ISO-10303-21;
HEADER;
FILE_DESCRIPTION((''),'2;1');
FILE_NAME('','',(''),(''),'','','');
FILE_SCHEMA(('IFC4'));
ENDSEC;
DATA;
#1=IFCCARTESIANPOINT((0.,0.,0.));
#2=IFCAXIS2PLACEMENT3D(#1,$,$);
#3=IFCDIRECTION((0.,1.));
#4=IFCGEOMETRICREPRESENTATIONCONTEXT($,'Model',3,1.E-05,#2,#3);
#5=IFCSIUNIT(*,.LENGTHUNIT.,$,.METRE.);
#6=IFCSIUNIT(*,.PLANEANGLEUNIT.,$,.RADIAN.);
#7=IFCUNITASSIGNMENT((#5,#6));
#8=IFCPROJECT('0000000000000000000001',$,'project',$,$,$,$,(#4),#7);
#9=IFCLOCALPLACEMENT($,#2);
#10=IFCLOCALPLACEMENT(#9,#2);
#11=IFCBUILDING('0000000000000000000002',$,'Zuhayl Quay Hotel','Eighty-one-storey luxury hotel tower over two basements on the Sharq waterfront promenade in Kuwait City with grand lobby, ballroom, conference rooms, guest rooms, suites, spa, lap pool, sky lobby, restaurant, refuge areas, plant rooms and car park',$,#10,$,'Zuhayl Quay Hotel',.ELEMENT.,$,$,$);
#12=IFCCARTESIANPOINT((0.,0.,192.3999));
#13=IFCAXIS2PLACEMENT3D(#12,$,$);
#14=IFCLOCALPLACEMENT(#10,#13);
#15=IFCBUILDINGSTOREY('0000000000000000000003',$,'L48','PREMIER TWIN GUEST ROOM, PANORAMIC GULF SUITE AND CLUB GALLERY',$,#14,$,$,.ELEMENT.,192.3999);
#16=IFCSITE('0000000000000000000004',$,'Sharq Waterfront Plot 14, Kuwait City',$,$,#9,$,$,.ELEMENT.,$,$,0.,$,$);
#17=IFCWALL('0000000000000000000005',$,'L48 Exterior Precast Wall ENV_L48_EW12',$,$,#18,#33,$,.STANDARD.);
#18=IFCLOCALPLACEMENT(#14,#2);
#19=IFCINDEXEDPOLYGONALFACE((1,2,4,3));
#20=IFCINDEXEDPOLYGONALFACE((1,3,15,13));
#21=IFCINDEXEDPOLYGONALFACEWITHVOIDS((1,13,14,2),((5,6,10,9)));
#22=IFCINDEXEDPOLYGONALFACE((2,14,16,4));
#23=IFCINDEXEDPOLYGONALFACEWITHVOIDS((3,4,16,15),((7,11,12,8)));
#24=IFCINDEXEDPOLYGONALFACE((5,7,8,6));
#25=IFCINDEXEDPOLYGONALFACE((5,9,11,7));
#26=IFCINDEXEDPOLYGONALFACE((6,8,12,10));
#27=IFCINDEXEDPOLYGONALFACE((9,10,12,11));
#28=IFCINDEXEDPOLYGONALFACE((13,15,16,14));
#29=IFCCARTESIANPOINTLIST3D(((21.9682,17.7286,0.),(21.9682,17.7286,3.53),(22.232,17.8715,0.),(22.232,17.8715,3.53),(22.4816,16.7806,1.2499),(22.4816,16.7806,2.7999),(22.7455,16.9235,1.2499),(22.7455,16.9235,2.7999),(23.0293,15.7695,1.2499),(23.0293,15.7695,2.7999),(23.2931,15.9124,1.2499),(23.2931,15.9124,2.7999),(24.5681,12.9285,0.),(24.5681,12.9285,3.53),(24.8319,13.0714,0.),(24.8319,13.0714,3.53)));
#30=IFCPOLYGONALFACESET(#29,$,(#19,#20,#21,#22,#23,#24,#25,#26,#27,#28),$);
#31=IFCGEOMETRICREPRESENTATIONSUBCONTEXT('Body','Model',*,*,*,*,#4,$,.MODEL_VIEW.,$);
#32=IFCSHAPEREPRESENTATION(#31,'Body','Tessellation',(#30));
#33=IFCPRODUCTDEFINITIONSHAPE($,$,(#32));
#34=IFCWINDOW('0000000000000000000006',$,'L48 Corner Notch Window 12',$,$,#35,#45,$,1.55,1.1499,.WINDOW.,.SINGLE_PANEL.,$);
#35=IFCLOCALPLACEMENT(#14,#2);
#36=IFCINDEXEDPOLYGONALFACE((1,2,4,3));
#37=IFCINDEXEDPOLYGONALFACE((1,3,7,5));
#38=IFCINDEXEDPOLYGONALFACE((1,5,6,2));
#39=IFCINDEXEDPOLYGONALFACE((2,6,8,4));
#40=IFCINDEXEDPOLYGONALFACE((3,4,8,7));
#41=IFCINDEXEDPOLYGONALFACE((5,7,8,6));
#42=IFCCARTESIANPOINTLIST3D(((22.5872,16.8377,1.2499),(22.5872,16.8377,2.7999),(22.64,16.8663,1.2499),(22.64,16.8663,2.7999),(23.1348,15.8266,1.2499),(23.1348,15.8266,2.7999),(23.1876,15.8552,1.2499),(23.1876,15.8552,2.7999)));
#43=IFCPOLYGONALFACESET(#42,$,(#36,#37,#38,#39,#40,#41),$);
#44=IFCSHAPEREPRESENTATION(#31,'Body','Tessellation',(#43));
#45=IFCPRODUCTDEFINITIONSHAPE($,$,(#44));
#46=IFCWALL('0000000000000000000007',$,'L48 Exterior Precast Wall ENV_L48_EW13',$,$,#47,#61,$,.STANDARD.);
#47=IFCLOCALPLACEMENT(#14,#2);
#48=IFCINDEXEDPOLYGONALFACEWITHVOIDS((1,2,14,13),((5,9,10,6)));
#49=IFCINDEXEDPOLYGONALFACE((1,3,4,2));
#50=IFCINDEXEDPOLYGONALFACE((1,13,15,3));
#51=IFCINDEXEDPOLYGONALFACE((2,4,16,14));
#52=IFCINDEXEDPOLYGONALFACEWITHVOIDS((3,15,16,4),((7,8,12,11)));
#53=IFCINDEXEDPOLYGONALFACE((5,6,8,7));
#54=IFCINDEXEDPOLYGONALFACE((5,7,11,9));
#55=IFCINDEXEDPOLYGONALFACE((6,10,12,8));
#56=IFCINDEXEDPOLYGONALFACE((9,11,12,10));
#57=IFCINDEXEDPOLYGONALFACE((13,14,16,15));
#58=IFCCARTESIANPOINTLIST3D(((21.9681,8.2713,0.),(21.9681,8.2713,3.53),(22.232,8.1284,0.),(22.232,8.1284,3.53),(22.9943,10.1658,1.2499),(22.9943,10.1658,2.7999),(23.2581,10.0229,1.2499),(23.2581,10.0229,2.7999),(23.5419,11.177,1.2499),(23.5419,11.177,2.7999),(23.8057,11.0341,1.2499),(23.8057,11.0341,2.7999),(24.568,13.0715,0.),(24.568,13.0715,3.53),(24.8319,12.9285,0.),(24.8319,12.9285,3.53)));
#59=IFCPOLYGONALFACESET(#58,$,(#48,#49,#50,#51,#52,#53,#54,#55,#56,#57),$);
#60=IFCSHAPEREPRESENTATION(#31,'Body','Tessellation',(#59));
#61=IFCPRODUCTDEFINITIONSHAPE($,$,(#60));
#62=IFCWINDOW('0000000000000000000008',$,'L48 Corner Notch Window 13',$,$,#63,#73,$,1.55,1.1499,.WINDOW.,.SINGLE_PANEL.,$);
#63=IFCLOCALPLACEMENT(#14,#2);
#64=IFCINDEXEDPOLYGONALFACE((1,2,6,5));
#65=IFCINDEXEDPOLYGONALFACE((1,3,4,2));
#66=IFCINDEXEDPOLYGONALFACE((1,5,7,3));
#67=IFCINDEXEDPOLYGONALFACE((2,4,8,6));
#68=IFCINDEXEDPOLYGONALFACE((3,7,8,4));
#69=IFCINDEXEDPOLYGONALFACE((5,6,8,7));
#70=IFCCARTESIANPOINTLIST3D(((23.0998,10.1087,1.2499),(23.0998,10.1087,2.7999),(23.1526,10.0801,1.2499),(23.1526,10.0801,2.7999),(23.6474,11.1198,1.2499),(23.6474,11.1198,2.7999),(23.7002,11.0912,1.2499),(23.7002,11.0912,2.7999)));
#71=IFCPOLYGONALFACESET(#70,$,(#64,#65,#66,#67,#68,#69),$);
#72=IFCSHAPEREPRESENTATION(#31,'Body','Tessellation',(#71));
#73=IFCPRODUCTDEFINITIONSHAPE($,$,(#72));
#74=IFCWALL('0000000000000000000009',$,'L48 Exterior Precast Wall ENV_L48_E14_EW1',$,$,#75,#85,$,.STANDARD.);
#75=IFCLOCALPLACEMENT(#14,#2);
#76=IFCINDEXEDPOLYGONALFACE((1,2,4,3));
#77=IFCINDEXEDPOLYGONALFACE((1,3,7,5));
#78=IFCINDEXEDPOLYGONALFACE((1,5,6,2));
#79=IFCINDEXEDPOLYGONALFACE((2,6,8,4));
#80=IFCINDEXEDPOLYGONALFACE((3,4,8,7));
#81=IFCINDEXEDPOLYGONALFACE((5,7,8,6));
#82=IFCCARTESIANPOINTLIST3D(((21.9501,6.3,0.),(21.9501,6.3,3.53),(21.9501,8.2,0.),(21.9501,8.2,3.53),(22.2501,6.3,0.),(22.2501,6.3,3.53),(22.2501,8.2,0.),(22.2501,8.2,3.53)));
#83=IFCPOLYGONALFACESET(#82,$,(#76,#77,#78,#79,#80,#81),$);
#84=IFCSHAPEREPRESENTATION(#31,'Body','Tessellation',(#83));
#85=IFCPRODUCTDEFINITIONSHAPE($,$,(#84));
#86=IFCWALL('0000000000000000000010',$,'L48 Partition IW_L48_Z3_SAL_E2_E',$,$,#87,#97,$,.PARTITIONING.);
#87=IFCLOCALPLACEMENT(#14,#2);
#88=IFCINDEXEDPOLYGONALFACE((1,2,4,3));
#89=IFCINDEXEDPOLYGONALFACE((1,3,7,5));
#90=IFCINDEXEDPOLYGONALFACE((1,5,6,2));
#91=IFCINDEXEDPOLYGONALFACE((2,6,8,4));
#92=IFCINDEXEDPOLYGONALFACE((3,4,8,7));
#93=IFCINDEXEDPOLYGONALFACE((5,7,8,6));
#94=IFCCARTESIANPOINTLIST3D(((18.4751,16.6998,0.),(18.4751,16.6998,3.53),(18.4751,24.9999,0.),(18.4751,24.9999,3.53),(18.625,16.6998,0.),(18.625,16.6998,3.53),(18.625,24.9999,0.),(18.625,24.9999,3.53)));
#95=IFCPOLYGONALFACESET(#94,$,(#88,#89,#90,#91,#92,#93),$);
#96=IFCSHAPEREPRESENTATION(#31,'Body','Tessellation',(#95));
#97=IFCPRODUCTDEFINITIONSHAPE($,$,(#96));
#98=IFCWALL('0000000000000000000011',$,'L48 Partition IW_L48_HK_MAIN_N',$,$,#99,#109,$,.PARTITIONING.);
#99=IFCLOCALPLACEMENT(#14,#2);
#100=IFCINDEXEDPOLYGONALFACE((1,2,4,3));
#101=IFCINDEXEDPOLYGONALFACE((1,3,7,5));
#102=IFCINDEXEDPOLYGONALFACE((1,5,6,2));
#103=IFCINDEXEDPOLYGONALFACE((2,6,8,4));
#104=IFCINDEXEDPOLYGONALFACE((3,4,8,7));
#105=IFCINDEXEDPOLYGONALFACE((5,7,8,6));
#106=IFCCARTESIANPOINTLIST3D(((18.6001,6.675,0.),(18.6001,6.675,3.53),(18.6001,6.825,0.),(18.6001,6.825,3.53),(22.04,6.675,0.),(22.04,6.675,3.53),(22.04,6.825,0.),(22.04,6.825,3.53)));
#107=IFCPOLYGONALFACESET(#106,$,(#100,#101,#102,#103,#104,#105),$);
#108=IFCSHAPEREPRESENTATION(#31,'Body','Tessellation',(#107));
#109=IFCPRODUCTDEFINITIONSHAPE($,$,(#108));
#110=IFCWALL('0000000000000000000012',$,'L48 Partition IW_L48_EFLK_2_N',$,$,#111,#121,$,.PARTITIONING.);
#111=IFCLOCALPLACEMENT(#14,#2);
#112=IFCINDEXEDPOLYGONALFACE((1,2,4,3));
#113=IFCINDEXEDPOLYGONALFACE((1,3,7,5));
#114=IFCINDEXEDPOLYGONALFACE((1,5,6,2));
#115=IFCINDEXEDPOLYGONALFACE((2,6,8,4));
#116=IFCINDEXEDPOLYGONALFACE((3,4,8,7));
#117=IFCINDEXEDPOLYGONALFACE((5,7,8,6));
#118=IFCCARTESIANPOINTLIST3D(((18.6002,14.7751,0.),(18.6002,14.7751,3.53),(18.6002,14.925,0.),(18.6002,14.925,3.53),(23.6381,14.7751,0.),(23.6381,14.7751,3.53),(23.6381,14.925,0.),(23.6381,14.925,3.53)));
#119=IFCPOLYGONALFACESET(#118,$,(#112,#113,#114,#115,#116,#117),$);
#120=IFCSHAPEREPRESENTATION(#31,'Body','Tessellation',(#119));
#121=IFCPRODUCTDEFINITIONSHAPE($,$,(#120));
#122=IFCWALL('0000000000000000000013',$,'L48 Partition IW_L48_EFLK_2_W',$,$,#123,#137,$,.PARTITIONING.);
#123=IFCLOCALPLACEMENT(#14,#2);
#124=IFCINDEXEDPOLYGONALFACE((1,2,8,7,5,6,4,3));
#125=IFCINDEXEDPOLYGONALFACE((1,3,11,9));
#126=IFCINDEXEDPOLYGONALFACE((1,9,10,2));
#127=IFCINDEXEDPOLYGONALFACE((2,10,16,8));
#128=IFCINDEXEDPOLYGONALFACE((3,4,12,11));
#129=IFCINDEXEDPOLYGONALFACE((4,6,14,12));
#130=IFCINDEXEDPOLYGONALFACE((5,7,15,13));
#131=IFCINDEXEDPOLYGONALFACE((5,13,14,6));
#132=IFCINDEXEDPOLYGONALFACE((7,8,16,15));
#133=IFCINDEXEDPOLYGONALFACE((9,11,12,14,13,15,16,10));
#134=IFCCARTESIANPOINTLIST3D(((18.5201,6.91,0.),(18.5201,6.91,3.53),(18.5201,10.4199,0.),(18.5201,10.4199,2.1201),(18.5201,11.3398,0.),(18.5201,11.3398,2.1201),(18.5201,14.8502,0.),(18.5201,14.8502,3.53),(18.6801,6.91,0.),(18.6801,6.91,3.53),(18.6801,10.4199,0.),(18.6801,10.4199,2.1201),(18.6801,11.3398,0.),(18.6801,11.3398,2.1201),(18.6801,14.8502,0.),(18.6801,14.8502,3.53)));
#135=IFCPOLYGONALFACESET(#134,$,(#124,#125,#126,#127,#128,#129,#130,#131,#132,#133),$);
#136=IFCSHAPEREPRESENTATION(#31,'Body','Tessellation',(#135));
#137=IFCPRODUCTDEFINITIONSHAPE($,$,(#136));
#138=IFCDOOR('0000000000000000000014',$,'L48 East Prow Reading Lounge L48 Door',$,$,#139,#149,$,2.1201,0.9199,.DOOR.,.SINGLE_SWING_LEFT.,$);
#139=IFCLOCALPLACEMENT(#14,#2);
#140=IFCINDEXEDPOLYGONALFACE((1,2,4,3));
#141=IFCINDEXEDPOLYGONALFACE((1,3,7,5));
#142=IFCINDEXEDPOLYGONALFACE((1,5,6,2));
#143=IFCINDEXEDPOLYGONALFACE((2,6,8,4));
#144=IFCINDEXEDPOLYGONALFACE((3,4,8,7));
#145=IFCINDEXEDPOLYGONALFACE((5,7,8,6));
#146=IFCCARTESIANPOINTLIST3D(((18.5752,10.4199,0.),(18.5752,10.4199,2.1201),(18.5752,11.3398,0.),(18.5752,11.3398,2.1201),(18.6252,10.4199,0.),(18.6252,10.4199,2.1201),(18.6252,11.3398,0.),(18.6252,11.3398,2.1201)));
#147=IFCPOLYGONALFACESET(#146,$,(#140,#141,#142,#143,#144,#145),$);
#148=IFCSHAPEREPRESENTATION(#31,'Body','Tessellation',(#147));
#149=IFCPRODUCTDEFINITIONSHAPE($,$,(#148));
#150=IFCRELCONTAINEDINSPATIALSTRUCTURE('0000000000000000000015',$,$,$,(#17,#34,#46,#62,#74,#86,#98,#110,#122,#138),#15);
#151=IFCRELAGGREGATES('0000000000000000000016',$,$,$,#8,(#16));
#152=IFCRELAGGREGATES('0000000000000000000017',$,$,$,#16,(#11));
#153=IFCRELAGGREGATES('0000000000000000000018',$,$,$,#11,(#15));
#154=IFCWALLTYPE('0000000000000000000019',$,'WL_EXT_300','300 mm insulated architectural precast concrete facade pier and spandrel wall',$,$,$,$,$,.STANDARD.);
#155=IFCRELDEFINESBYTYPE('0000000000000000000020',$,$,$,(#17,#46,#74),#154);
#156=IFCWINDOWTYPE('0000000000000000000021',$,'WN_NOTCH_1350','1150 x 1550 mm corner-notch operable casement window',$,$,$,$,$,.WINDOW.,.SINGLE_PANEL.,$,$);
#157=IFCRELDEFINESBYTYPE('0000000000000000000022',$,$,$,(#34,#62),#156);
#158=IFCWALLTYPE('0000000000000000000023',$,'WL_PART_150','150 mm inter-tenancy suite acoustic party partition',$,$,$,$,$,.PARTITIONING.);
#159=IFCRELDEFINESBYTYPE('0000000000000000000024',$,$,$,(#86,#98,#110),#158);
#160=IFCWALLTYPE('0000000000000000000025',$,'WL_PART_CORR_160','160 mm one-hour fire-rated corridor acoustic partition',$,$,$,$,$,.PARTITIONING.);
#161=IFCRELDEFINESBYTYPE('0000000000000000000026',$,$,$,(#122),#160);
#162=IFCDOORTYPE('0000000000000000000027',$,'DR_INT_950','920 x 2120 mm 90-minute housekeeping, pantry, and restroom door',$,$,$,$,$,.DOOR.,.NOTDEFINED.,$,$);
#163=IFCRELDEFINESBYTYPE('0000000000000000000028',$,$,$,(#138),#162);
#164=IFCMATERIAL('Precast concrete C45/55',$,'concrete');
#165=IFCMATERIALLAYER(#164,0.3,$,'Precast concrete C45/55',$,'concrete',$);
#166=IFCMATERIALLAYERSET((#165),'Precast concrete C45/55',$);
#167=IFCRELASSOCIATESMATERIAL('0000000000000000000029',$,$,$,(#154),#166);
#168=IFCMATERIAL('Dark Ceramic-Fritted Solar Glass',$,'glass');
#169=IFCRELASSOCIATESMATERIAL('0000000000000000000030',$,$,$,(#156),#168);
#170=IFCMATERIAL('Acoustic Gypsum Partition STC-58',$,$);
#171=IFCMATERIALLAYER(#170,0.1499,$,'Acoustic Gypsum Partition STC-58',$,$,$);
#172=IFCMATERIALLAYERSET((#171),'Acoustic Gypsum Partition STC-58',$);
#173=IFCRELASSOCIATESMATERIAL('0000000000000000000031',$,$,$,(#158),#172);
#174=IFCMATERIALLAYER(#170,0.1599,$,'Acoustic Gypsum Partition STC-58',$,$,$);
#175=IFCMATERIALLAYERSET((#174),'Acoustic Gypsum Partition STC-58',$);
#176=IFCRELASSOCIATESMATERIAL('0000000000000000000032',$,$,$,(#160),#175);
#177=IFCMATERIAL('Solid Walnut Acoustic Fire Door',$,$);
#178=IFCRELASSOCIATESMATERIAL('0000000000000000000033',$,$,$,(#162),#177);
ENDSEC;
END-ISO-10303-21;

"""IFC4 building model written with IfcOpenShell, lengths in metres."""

from ifc_helpers import new_model, si_unit, direction, frame, frame_2d, origin, place, context, subcontext, project, spatial, rectangle, extrude, material, layer, layer_set, type_object, element, fill, save


model = new_model("IFC4")

# Units and contexts
model_context = context("Model", 3, precision=1e-05, world=origin(), true_north=direction((0.0, 1.0)))
body_context = subcontext(model_context, "Body", "Model", "MODEL_VIEW")
ifc_project = project(units=[si_unit("LENGTHUNIT", "METRE"), si_unit("PLANEANGLEUNIT", "RADIAN")], contexts=[model_context])

# Site, building, storey
site_placement = place(None, origin())
site = spatial("IfcSite", under=ifc_project, at=site_placement, Name="Sharq Waterfront Plot 14, Kuwait City", CompositionType="ELEMENT", RefElevation=0.0)
building_placement = place(site_placement, origin())
building = spatial("IfcBuilding", under=site, at=building_placement, Name="Zuhayl Quay Hotel", Description="Eighty-one-storey luxury hotel tower over two basements on the Sharq waterfront promenade in Kuwait City with grand lobby, ballroom, conference rooms, guest rooms, suites, spa, lap pool, sky lobby, restaurant, refuge areas, plant rooms and car park", LongName="Zuhayl Quay Hotel", CompositionType="ELEMENT")
storey_placement = place(building_placement, frame((0.0, 0.0, 192.3999)))
storey = spatial("IfcBuildingStorey", under=building, at=storey_placement, Name="L48", Description="PREMIER TWIN GUEST ROOM, PANORAMIC GULF SUITE AND CLUB GALLERY", CompositionType="ELEMENT", Elevation=192.3999)

# Shared definitions
ifc_material_1 = material(Name="Precast concrete C45/55", Category="concrete")
ifc_layer_1 = layer(ifc_material_1, 0.3, Name="Precast concrete C45/55", Category="concrete")
ifc_layer_set_1 = layer_set([ifc_layer_1], Name="Precast concrete C45/55")
wall_type_1 = type_object("IfcWallType", Name="WL_EXT_300", Description="300 mm insulated architectural precast concrete facade pier and spandrel wall", PredefinedType="STANDARD", material=ifc_layer_set_1)

# Walls, openings, windows
wall_1_placement = place(storey_placement, frame((22.1001, 17.8, 0.0), z_axis=(0.0, 0.0, 1.0), x_axis=(0.476259, -0.879305, 0.0)))
wall_1 = element("IfcWall", 1, at=wall_1_placement, inside=storey, type_object=wall_type_1, Name="L48 Exterior Precast Wall ENV_L48_EW12", PredefinedType="STANDARD", context=body_context, shape_type="SweptSolid", body=[
    extrude(rectangle(XDim=5.459, YDim=0.3, at=frame_2d((2.7295, 0.0))), origin(), (0.0, 0.0, 1.0), 3.53),
])
opening_1_placement = place(wall_1_placement, frame((1.0781, 0.0, 1.25)))
opening_1 = element("IfcOpeningElement", 2, at=opening_1_placement, cuts=wall_1, PredefinedType="OPENING", context=body_context, shape_type="SweptSolid", body=[
    extrude(rectangle(XDim=1.1499, YDim=1.55, at=frame_2d((0.575, 0.7749))), frame((0.0, 0.1599, 0.0), z_axis=(0.0, -1.0, 0.0), x_axis=(1.0, 0.0, 0.0)), (0.0, 0.0, 1.0), 0.3201),
])
ifc_material_2 = material(Name="Dark Ceramic-Fritted Solar Glass", Category="glass")
window_type = type_object("IfcWindowType", Name="WN_NOTCH_1350", Description="1150 x 1550 mm corner-notch operable casement window", PartitioningType="SINGLE_PANEL", PredefinedType="WINDOW", material=ifc_material_2)
window_1_placement = place(opening_1_placement, origin())
window_1 = element("IfcWindow", 3, at=window_1_placement, inside=storey, type_object=window_type, Name="L48 Corner Notch Window 12", OverallHeight=1.55, OverallWidth=1.1499, PartitioningType="SINGLE_PANEL", PredefinedType="WINDOW", context=body_context, shape_type="SweptSolid", body=[
    extrude(rectangle(XDim=1.1499, YDim=1.55, at=frame_2d((0.575, 0.7749))), frame((0.0, 0.03, 0.0), z_axis=(0.0, -1.0, 0.0), x_axis=(1.0, 0.0, 0.0)), (0.0, 0.0, 1.0), 0.0601),
])
fill(opening_1, window_1)
wall_2_placement = place(storey_placement, frame((24.7, 13.0, 0.0), z_axis=(0.0, 0.0, 1.0), x_axis=(-0.476259, -0.879305, 0.0)))
wall_2 = element("IfcWall", 4, at=wall_2_placement, inside=storey, type_object=wall_type_1, Name="L48 Exterior Precast Wall ENV_L48_EW13", PredefinedType="STANDARD", context=body_context, shape_type="SweptSolid", body=[
    extrude(rectangle(XDim=5.459, YDim=0.3, at=frame_2d((2.7295, 0.0))), origin(), (0.0, 0.0, 1.0), 3.53),
])
opening_2_placement = place(wall_2_placement, frame((2.1545, 0.0, 1.25)))
opening_2 = element("IfcOpeningElement", 5, at=opening_2_placement, cuts=wall_2, PredefinedType="OPENING", context=body_context, shape_type="SweptSolid", body=[
    extrude(rectangle(XDim=1.1499, YDim=1.55, at=frame_2d((0.575, 0.7749))), frame((0.0, 0.1599, 0.0), z_axis=(0.0, -1.0, 0.0), x_axis=(1.0, 0.0, 0.0)), (0.0, 0.0, 1.0), 0.3201),
])
window_2_placement = place(opening_2_placement, origin())
window_2 = element("IfcWindow", 6, at=window_2_placement, inside=storey, type_object=window_type, Name="L48 Corner Notch Window 13", OverallHeight=1.55, OverallWidth=1.1499, PartitioningType="SINGLE_PANEL", PredefinedType="WINDOW", context=body_context, shape_type="SweptSolid", body=[
    extrude(rectangle(XDim=1.1499, YDim=1.55, at=frame_2d((0.575, 0.7749))), frame((0.0, 0.03, 0.0), z_axis=(0.0, -1.0, 0.0), x_axis=(1.0, 0.0, 0.0)), (0.0, 0.0, 1.0), 0.0601),
])
fill(opening_2, window_2)

# Walls
wall_3_placement = place(storey_placement, frame((22.1001, 8.2, 0.0), z_axis=(0.0, 0.0, 1.0), x_axis=(0.0, -1.0, 0.0)))
element("IfcWall", 7, at=wall_3_placement, inside=storey, type_object=wall_type_1, Name="L48 Exterior Precast Wall ENV_L48_E14_EW1", PredefinedType="STANDARD", context=body_context, shape_type="SweptSolid", body=[
    extrude(rectangle(XDim=1.8999, YDim=0.3, at=frame_2d((0.95, 0.0))), origin(), (0.0, 0.0, 1.0), 3.53),
])
ifc_material_3 = material(Name="Acoustic Gypsum Partition STC-58")
ifc_layer_2 = layer(ifc_material_3, 0.1499, Name="Acoustic Gypsum Partition STC-58")
ifc_layer_set_2 = layer_set([ifc_layer_2], Name="Acoustic Gypsum Partition STC-58")
wall_type_2 = type_object("IfcWallType", Name="WL_PART_150", Description="150 mm inter-tenancy suite acoustic party partition", PredefinedType="PARTITIONING", material=ifc_layer_set_2)
wall_4_placement = place(storey_placement, frame((18.55, 16.7, 0.0), z_axis=(0.0, 0.0, 1.0), x_axis=(0.0, 1.0, 0.0)))
element("IfcWall", 8, at=wall_4_placement, inside=storey, type_object=wall_type_2, Name="L48 Partition IW_L48_Z3_SAL_E2_E", PredefinedType="PARTITIONING", context=body_context, shape_type="SweptSolid", body=[
    extrude(rectangle(XDim=8.3, YDim=0.1499, at=frame_2d((4.1499, 0.0))), origin(), (0.0, 0.0, 1.0), 3.53),
])
wall_5_placement = place(storey_placement, frame((18.6001, 6.75, 0.0), z_axis=(0.0, 0.0, 1.0), x_axis=(1.0, 0.0, 0.0)))
element("IfcWall", 9, at=wall_5_placement, inside=storey, type_object=wall_type_2, Name="L48 Partition IW_L48_HK_MAIN_N", PredefinedType="PARTITIONING", context=body_context, shape_type="SweptSolid", body=[
    extrude(rectangle(XDim=3.4399, YDim=0.1499, at=frame_2d((1.72, 0.0))), origin(), (0.0, 0.0, 1.0), 3.53),
])
wall_6_placement = place(storey_placement, frame((18.6001, 14.8501, 0.0), z_axis=(0.0, 0.0, 1.0), x_axis=(1.0, 0.0, 0.0)))
element("IfcWall", 10, at=wall_6_placement, inside=storey, type_object=wall_type_2, Name="L48 Partition IW_L48_EFLK_2_N", PredefinedType="PARTITIONING", context=body_context, shape_type="SweptSolid", body=[
    extrude(rectangle(XDim=5.0378, YDim=0.1499, at=frame_2d((2.519, 0.0))), origin(), (0.0, 0.0, 1.0), 3.53),
])

# Wall, opening, door
ifc_layer_3 = layer(ifc_material_3, 0.1599, Name="Acoustic Gypsum Partition STC-58")
ifc_layer_set_3 = layer_set([ifc_layer_3], Name="Acoustic Gypsum Partition STC-58")
wall_type_3 = type_object("IfcWallType", Name="WL_PART_CORR_160", Description="160 mm one-hour fire-rated corridor acoustic partition", PredefinedType="PARTITIONING", material=ifc_layer_set_3)
wall_7_placement = place(storey_placement, frame((18.6001, 6.9099, 0.0), z_axis=(0.0, 0.0, 1.0), x_axis=(0.0, 1.0, 0.0)))
wall_7 = element("IfcWall", 11, at=wall_7_placement, inside=storey, type_object=wall_type_3, Name="L48 Partition IW_L48_EFLK_2_W", PredefinedType="PARTITIONING", context=body_context, shape_type="SweptSolid", body=[
    extrude(rectangle(XDim=7.9402, YDim=0.1599, at=frame_2d((3.9702, 0.0))), origin(), (0.0, 0.0, 1.0), 3.53),
])
opening_3_placement = place(wall_7_placement, frame((3.51, 0.0, 0.0)))
opening_3 = element("IfcOpeningElement", 12, at=opening_3_placement, cuts=wall_7, PredefinedType="OPENING", context=body_context, shape_type="SweptSolid", body=[
    extrude(rectangle(XDim=0.9199, YDim=2.1201, at=frame_2d((0.46, 1.0601))), frame((0.0, 0.0898, 0.0), z_axis=(0.0, -1.0, 0.0), x_axis=(1.0, 0.0, 0.0)), (0.0, 0.0, 1.0), 0.1799),
])
ifc_material_4 = material(Name="Solid Walnut Acoustic Fire Door")
door_type_1 = type_object("IfcDoorType", Name="DR_INT_950", Description="920 x 2120 mm 90-minute housekeeping, pantry, and restroom door", OperationType="NOTDEFINED", PredefinedType="DOOR", material=ifc_material_4)
door_1_placement = place(opening_3_placement, origin())
door_1 = element("IfcDoor", 13, at=door_1_placement, inside=storey, type_object=door_type_1, Name="L48 East Prow Reading Lounge L48 Door", OperationType="SINGLE_SWING_LEFT", OverallHeight=2.1201, OverallWidth=0.9199, PredefinedType="DOOR", context=body_context, shape_type="SweptSolid", body=[
    extrude(rectangle(XDim=0.9199, YDim=2.1201, at=frame_2d((0.46, 1.0601))), frame((0.0, 0.0249, 0.0), z_axis=(0.0, -1.0, 0.0), x_axis=(1.0, 0.0, 0.0)), (0.0, 0.0, 1.0), 0.05),
])
fill(opening_3, door_1)

save(model, "model.ifc")
